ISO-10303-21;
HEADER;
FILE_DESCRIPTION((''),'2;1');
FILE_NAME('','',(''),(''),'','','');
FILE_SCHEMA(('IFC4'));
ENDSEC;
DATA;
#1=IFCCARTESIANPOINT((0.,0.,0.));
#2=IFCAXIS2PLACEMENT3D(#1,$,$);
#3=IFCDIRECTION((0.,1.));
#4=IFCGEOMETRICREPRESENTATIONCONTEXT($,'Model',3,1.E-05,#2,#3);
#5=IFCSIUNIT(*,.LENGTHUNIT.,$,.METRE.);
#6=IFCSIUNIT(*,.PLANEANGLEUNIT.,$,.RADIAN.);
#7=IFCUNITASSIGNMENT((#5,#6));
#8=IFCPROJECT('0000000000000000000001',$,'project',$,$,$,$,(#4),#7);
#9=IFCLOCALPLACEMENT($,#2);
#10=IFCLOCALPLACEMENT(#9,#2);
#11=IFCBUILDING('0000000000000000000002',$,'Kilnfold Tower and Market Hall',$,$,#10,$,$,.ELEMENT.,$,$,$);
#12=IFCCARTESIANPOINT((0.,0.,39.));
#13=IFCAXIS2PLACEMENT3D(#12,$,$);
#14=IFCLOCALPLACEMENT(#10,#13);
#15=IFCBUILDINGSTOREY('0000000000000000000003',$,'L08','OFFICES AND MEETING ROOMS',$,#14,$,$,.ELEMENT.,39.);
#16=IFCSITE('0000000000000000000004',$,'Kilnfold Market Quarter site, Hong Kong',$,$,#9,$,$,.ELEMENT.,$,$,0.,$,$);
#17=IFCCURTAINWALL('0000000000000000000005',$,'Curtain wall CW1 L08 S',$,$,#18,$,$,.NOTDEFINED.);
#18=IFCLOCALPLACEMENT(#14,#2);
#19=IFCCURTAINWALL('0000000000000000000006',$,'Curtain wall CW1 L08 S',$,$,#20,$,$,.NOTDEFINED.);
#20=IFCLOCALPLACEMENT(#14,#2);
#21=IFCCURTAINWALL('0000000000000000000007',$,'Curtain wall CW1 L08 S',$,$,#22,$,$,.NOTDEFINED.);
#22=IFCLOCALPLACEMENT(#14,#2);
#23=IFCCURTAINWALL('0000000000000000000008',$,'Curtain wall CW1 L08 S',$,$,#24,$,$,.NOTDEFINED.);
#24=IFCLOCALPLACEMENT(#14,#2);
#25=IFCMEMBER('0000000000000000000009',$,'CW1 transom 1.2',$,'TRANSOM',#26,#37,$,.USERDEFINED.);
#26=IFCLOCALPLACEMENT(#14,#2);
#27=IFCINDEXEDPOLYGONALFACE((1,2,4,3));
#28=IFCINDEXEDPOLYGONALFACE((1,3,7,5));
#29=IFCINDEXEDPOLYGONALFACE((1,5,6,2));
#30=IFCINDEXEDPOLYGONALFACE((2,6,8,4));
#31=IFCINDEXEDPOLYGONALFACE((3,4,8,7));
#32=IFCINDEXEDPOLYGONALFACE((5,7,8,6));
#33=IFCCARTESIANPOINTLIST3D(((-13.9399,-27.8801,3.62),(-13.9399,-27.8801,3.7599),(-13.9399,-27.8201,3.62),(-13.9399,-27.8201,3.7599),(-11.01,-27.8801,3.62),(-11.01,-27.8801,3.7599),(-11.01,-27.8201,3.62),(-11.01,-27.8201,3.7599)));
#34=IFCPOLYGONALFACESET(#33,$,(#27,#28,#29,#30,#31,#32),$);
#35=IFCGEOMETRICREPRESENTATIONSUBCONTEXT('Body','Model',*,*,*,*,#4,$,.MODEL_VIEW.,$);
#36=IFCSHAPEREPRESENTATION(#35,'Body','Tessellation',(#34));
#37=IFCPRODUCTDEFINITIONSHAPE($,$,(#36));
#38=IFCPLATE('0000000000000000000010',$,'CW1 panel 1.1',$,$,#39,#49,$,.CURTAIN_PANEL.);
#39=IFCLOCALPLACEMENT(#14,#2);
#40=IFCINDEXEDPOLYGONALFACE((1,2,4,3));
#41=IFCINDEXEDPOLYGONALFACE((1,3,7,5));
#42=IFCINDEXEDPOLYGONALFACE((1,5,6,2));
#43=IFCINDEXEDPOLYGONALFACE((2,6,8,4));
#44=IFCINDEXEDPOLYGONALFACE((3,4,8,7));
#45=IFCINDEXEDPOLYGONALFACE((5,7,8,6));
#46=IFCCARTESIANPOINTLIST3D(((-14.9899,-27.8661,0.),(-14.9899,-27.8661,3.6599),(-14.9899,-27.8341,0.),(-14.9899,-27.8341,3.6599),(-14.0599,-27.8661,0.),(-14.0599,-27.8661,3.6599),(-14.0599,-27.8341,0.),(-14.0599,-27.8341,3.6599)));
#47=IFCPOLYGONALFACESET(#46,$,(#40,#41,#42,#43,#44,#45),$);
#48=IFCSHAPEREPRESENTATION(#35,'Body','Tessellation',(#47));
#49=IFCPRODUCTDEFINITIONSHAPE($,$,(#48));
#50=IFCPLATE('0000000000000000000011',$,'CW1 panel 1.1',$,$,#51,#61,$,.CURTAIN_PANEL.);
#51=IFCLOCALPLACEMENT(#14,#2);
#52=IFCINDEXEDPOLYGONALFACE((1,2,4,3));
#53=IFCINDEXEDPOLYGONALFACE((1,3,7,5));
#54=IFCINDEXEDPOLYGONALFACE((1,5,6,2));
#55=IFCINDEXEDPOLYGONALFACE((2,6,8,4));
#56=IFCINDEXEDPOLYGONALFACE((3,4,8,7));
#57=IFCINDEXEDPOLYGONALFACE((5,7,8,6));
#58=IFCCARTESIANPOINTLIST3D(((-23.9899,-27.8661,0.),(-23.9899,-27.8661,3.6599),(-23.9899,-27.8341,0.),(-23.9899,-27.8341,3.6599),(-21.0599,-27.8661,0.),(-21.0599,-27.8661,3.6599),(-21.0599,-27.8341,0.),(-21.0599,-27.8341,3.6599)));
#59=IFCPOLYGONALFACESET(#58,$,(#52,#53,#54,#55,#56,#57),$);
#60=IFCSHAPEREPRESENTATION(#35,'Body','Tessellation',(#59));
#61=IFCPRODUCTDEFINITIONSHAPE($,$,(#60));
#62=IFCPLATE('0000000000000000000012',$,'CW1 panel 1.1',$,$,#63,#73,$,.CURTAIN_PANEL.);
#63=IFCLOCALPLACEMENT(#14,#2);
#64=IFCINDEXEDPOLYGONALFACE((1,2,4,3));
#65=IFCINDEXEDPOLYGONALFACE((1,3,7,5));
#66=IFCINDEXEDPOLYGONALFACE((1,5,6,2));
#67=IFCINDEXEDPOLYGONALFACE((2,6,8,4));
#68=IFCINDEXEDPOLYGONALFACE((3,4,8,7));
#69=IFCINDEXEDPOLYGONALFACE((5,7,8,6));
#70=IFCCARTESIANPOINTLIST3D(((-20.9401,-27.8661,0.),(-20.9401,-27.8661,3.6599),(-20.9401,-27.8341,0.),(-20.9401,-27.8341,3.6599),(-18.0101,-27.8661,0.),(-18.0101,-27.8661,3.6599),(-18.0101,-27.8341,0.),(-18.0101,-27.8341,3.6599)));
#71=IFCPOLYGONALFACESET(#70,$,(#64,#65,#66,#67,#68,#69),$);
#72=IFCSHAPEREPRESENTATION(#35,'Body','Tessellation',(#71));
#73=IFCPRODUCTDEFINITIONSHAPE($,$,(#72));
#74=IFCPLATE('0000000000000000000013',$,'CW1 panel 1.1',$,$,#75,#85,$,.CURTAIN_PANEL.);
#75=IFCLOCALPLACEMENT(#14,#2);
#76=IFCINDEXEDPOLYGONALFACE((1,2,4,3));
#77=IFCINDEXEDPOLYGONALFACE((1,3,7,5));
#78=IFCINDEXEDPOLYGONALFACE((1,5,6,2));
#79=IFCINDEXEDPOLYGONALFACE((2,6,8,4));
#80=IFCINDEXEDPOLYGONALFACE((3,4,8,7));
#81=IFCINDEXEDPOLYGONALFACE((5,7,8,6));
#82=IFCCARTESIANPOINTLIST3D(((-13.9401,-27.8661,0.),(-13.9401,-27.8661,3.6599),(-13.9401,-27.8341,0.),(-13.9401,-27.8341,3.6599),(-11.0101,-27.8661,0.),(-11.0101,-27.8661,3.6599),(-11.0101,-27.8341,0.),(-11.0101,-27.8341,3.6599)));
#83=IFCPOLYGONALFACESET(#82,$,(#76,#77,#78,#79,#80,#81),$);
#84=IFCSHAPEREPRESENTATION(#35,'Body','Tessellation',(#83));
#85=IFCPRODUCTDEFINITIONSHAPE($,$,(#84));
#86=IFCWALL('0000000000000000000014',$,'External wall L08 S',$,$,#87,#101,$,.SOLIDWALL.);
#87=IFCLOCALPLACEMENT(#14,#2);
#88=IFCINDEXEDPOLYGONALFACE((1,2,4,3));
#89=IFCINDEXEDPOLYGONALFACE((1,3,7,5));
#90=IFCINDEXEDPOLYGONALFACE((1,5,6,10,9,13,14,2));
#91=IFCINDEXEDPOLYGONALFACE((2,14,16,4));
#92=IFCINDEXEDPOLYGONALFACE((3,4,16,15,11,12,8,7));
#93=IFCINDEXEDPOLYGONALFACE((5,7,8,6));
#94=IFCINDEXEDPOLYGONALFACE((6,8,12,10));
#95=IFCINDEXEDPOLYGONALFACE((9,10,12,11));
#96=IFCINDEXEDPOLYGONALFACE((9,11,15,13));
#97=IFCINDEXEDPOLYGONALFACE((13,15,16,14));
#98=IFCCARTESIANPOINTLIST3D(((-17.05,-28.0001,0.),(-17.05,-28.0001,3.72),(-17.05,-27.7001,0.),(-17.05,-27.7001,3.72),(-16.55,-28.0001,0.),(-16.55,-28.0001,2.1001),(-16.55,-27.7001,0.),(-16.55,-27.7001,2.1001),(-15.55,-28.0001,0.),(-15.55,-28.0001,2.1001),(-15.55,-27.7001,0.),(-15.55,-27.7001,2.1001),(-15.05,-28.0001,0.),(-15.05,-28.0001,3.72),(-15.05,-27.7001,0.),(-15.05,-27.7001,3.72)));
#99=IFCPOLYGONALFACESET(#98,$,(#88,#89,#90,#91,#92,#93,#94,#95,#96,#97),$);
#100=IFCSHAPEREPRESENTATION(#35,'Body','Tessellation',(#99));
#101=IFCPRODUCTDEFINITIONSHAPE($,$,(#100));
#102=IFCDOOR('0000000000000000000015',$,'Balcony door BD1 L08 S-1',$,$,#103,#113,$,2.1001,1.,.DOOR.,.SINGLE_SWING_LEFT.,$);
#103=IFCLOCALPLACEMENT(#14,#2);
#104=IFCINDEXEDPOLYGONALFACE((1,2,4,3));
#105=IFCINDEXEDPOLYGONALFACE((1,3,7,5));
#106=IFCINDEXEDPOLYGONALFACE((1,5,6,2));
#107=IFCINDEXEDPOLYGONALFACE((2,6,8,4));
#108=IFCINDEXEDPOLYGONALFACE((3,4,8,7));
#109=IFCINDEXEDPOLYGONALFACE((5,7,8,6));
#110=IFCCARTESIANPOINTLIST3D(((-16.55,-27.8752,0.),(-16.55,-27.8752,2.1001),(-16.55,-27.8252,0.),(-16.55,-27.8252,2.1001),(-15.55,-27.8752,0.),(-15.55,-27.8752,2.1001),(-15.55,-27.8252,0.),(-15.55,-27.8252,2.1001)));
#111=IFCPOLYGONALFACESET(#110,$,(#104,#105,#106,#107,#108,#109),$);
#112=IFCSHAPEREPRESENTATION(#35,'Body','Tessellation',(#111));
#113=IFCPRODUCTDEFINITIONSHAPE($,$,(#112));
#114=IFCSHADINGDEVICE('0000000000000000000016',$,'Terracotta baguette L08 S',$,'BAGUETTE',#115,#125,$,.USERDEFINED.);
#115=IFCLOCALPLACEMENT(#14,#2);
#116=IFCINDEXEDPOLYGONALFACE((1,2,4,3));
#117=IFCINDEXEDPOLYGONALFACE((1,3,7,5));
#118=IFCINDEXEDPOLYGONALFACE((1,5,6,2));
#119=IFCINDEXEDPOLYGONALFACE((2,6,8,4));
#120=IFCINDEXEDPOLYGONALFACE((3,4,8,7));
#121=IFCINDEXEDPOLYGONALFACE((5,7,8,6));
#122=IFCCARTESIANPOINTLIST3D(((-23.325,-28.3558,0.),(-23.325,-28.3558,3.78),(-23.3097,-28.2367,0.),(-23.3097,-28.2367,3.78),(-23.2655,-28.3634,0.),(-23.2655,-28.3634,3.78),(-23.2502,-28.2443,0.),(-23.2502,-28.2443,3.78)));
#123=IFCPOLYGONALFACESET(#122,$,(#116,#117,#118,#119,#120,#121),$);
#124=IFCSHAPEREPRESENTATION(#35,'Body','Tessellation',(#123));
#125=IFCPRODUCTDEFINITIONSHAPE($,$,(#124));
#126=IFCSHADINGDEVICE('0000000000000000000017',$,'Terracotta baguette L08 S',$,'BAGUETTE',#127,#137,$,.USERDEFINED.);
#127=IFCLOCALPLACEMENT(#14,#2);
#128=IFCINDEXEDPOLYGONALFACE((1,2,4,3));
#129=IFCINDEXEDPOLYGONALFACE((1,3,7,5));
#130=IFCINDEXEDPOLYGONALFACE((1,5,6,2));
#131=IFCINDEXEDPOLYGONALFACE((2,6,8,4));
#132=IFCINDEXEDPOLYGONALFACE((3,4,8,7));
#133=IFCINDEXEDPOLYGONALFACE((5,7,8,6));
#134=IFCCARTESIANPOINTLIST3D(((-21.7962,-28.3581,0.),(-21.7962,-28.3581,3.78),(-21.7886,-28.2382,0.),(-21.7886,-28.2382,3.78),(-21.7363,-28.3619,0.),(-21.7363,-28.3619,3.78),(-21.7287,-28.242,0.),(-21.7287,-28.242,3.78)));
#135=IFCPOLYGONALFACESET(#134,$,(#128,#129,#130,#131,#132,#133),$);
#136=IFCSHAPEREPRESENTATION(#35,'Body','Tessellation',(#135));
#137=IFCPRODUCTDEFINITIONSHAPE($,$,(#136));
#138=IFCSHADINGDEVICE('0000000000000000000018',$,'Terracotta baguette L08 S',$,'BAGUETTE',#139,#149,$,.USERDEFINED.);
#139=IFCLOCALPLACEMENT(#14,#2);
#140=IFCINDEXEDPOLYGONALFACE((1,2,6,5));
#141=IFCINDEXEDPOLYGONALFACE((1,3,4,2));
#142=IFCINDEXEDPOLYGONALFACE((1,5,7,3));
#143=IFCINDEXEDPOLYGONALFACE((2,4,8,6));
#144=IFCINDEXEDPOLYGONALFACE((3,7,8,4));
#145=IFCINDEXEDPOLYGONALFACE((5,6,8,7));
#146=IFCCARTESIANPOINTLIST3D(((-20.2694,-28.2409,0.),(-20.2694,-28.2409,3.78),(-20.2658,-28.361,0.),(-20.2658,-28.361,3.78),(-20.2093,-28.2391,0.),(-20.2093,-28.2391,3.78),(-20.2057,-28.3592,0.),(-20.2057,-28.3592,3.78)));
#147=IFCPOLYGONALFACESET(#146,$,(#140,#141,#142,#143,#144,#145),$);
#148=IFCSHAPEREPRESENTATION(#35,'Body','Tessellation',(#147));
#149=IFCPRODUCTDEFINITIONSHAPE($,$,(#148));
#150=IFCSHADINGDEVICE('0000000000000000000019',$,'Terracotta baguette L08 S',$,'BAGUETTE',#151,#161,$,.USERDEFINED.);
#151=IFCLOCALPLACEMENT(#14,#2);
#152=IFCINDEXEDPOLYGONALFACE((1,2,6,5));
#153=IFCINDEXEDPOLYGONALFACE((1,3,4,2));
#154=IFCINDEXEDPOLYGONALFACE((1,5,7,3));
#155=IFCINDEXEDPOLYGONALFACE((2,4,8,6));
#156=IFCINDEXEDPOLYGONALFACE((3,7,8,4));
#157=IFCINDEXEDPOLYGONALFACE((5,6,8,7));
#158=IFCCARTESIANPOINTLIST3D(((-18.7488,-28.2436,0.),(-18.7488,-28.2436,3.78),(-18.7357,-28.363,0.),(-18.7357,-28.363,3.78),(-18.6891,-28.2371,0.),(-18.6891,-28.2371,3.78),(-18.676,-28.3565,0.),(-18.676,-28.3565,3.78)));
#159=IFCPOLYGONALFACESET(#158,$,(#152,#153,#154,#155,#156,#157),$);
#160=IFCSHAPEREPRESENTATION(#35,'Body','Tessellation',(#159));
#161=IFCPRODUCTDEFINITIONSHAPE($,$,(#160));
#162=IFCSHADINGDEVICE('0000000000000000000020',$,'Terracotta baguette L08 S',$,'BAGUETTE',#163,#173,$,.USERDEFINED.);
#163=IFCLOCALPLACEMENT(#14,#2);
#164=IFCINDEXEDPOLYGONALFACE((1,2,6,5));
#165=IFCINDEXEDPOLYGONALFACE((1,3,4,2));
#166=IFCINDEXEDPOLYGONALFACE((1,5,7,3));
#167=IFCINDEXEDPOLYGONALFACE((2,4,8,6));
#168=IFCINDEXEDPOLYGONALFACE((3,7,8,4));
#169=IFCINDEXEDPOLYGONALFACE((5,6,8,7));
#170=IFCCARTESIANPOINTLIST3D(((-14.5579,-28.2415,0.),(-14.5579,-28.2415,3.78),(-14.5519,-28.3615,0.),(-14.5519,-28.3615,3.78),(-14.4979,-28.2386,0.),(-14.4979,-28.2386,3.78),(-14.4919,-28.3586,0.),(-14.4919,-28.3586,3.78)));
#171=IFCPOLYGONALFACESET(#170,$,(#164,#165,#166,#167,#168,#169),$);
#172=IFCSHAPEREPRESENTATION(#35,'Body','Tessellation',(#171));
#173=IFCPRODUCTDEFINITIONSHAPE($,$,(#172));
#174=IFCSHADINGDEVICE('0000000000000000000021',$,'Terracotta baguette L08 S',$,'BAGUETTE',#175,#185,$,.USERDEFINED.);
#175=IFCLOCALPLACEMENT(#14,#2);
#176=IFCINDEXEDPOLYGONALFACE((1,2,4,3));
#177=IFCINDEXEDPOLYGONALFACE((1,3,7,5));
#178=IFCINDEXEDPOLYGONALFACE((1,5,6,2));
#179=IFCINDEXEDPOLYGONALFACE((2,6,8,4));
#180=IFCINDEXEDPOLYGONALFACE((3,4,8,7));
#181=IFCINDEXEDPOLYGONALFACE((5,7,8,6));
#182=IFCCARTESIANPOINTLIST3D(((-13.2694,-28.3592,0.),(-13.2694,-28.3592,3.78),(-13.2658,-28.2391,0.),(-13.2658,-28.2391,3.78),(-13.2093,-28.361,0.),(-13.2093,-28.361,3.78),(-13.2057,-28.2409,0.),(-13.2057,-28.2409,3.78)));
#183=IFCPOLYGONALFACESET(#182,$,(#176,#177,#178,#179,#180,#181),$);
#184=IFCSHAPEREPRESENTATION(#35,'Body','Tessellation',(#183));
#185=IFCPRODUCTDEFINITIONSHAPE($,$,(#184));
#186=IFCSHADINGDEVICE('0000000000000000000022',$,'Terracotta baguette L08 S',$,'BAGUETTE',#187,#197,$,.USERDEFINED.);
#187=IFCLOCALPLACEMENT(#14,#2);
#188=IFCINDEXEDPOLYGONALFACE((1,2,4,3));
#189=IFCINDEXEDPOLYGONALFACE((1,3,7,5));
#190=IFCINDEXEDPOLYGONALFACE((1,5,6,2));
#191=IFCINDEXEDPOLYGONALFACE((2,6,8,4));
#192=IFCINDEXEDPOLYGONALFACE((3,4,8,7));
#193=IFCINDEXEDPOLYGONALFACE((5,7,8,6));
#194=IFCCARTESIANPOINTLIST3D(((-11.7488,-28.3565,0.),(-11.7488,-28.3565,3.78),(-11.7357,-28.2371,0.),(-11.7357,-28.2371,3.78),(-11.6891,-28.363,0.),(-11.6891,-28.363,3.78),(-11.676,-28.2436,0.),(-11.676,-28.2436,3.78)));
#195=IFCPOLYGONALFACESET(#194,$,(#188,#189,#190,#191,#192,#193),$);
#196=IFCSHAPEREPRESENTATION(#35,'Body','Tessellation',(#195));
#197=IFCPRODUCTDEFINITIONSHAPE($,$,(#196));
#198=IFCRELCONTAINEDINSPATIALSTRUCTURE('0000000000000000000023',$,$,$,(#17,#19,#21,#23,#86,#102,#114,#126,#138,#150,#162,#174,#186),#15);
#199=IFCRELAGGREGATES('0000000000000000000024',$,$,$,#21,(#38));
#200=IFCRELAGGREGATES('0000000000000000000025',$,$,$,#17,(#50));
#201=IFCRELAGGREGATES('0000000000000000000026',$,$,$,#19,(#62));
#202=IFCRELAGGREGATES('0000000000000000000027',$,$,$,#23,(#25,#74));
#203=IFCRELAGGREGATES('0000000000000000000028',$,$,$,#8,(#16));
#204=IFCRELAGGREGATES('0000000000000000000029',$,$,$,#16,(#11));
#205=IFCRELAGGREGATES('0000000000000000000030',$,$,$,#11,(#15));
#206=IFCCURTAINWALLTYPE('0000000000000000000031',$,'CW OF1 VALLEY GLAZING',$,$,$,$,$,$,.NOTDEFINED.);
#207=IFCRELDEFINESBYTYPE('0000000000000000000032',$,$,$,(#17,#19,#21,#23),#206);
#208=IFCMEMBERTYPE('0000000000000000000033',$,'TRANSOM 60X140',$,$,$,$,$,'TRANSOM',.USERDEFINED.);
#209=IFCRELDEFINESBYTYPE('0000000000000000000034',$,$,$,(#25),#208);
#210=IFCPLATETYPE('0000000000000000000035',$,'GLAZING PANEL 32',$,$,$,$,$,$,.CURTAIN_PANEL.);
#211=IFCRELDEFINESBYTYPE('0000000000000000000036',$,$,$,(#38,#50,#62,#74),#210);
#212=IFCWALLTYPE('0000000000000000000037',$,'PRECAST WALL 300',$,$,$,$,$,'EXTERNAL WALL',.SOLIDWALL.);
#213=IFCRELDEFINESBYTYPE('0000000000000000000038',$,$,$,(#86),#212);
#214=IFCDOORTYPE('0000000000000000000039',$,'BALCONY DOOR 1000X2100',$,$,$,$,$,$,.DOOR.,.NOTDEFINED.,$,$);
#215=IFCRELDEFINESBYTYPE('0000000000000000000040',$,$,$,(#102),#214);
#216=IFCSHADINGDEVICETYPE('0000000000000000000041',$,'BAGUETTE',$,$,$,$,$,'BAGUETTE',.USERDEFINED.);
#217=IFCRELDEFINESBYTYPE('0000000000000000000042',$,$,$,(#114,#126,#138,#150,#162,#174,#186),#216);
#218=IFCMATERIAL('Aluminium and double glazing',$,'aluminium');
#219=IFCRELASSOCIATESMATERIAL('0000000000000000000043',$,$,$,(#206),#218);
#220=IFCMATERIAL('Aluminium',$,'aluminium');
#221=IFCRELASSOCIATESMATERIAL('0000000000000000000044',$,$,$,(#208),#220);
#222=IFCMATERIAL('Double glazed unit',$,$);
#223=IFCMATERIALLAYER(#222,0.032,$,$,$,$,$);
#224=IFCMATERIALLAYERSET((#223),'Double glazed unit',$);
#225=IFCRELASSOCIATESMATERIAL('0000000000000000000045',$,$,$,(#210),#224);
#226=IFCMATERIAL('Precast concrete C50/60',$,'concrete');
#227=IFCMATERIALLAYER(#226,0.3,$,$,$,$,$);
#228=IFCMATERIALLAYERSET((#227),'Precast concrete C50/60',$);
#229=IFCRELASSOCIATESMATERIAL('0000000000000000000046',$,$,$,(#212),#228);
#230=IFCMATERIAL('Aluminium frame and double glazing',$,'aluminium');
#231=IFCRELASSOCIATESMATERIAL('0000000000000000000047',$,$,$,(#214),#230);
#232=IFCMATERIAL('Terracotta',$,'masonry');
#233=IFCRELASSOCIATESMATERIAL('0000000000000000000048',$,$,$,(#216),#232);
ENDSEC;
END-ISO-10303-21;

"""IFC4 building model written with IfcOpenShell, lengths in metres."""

from ifc_helpers import new_model, si_unit, direction, frame, frame_2d, origin, origin_2d, place, context, subcontext, project, spatial, rectangle, extrude, source, transform, mapped, material, layer, layer_set, material_profile, profile_set, type_object, element, fill, aggregate, save


model = new_model("IFC4")

# Units and contexts
model_context = context("Model", 3, precision=1e-05, world=origin(), true_north=direction((0.0, 1.0)))
body_context = subcontext(model_context, "Body", "Model", "MODEL_VIEW")
ifc_project = project(units=[si_unit("LENGTHUNIT", "METRE"), si_unit("PLANEANGLEUNIT", "RADIAN")], contexts=[model_context])

# Site, building, storey
site_placement = place(None, origin())
site = spatial("IfcSite", under=ifc_project, at=site_placement, Name="Kilnfold Market Quarter site, Hong Kong", CompositionType="ELEMENT", RefElevation=0.0)
building_placement = place(site_placement, origin())
building = spatial("IfcBuilding", under=site, at=building_placement, Name="Kilnfold Tower and Market Hall", CompositionType="ELEMENT")
storey_placement = place(building_placement, frame((0.0, 0.0, 39.0)))
storey = spatial("IfcBuildingStorey", under=building, at=storey_placement, Name="L08", Description="OFFICES AND MEETING ROOMS", CompositionType="ELEMENT", Elevation=39.0)

# Curtain walls
ifc_material_1 = material(Name="Aluminium and double glazing", Category="aluminium")
curtain_wall_type = type_object("IfcCurtainWallType", Name="CW OF1 VALLEY GLAZING", PredefinedType="NOTDEFINED", material=ifc_material_1)
curtain_wall_1_placement = place(storey_placement, origin())
curtain_wall_1 = element("IfcCurtainWall", 1, at=curtain_wall_1_placement, inside=storey, type_object=curtain_wall_type, Name="Curtain wall CW1 L08 S", PredefinedType="NOTDEFINED")
curtain_wall_2_placement = place(storey_placement, origin())
curtain_wall_2 = element("IfcCurtainWall", 2, at=curtain_wall_2_placement, inside=storey, type_object=curtain_wall_type, Name="Curtain wall CW1 L08 S", PredefinedType="NOTDEFINED")
curtain_wall_3_placement = place(storey_placement, origin())
curtain_wall_3 = element("IfcCurtainWall", 3, at=curtain_wall_3_placement, inside=storey, type_object=curtain_wall_type, Name="Curtain wall CW1 L08 S", PredefinedType="NOTDEFINED")

# Curtain wall
curtain_wall_4_placement = place(storey_placement, origin())
curtain_wall_4 = element("IfcCurtainWall", 4, at=curtain_wall_4_placement, inside=storey, type_object=curtain_wall_type, Name="Curtain wall CW1 L08 S", PredefinedType="NOTDEFINED")

# Member
ifc_material_2 = material(Name="Aluminium", Category="aluminium")
ifc_material_profile_1 = material_profile(ifc_material_2, rectangle(XDim=0.0601, YDim=0.1399, at=origin_2d()), Name="TRANSOM 60x140")
ifc_profile_set_1 = profile_set([ifc_material_profile_1], Name="Aluminium")
member_type_1 = type_object("IfcMemberType", Name="TRANSOM 60X140", ElementType="TRANSOM", PredefinedType="USERDEFINED", material=ifc_profile_set_1)
shared_shape_1 = source(origin(), body_context, "Body", "SweptSolid", [
    extrude(rectangle(XDim=0.0601, YDim=0.1399, at=origin_2d()), origin(), (0.0, 0.0, 1.0), 2.9299),
])
member_1_placement = place(storey_placement, frame((-13.9399, -27.8501, 3.6899), z_axis=(1.0, 0.0, 0.0), x_axis=(0.0, 1.0, 0.0)))
member_1 = element("IfcMember", 5, at=member_1_placement, type_object=member_type_1, Name="CW1 transom 1.2", ObjectType="TRANSOM", PredefinedType="USERDEFINED", context=body_context, shape_type="MappedRepresentation", body=[
    mapped(shared_shape_1, transform((0.0, 0.0, 0.0))),
])

# Plates
ifc_material_3 = material(Name="Double glazed unit")
ifc_layer_1 = layer(ifc_material_3, 0.032)
ifc_layer_set_1 = layer_set([ifc_layer_1], Name="Double glazed unit")
plate_type = type_object("IfcPlateType", Name="GLAZING PANEL 32", PredefinedType="CURTAIN_PANEL", material=ifc_layer_set_1)
shared_shape_2 = source(origin(), body_context, "Body", "SweptSolid", [
    extrude(rectangle(XDim=0.9299, YDim=0.032, at=origin_2d()), origin(), (0.0, 0.0, 1.0), 3.6599),
])
plate_1_placement = place(storey_placement, frame((-14.5249, -27.8501, 0.0), z_axis=(0.0, 0.0, 1.0), x_axis=(1.0, 0.0, 0.0)))
plate_1 = element("IfcPlate", 6, at=plate_1_placement, type_object=plate_type, Name="CW1 panel 1.1", PredefinedType="CURTAIN_PANEL", context=body_context, shape_type="MappedRepresentation", body=[
    mapped(shared_shape_2, transform((0.0, 0.0, 0.0))),
])
aggregate(curtain_wall_3, [plate_1])
shared_shape_3 = source(origin(), body_context, "Body", "SweptSolid", [
    extrude(rectangle(XDim=2.9299, YDim=0.032, at=origin_2d()), origin(), (0.0, 0.0, 1.0), 3.6599),
])
plate_2_placement = place(storey_placement, frame((-22.5249, -27.8501, 0.0), z_axis=(0.0, 0.0, 1.0), x_axis=(1.0, 0.0, 0.0)))
plate_2 = element("IfcPlate", 7, at=plate_2_placement, type_object=plate_type, Name="CW1 panel 1.1", PredefinedType="CURTAIN_PANEL", context=body_context, shape_type="MappedRepresentation", body=[
    mapped(shared_shape_3, transform((0.0, 0.0, 0.0))),
])
aggregate(curtain_wall_1, [plate_2])
plate_3_placement = place(storey_placement, frame((-19.4751, -27.8501, 0.0), z_axis=(0.0, 0.0, 1.0), x_axis=(1.0, 0.0, 0.0)))
plate_3 = element("IfcPlate", 8, at=plate_3_placement, type_object=plate_type, Name="CW1 panel 1.1", PredefinedType="CURTAIN_PANEL", context=body_context, shape_type="MappedRepresentation", body=[
    mapped(shared_shape_3, transform((0.0, 0.0, 0.0))),
])
aggregate(curtain_wall_2, [plate_3])
plate_4_placement = place(storey_placement, frame((-12.4751, -27.8501, 0.0), z_axis=(0.0, 0.0, 1.0), x_axis=(1.0, 0.0, 0.0)))
plate_4 = element("IfcPlate", 9, at=plate_4_placement, type_object=plate_type, Name="CW1 panel 1.1", PredefinedType="CURTAIN_PANEL", context=body_context, shape_type="MappedRepresentation", body=[
    mapped(shared_shape_3, transform((0.0, 0.0, 0.0))),
])
aggregate(curtain_wall_4, [member_1, plate_4])

# Wall, opening, door
ifc_material_4 = material(Name="Precast concrete C50/60", Category="concrete")
ifc_layer_2 = layer(ifc_material_4, 0.3)
ifc_layer_set_2 = layer_set([ifc_layer_2], Name="Precast concrete C50/60")
wall_type = type_object("IfcWallType", Name="PRECAST WALL 300", ElementType="EXTERNAL WALL", PredefinedType="SOLIDWALL", material=ifc_layer_set_2)
shared_shape_4 = source(origin(), body_context, "Body", "SweptSolid", [
    extrude(rectangle(XDim=2.0, YDim=0.3, at=frame_2d((1.0, 0.0))), origin(), (0.0, 0.0, 1.0), 3.72),
])
wall_placement = place(storey_placement, frame((-17.05, -27.8501, 0.0), z_axis=(0.0, 0.0, 1.0), x_axis=(1.0, 0.0, 0.0)))
wall = element("IfcWall", 10, at=wall_placement, inside=storey, type_object=wall_type, Name="External wall L08 S", PredefinedType="SOLIDWALL", context=body_context, shape_type="MappedRepresentation", body=[
    mapped(shared_shape_4, transform((0.0, 0.0, 0.0))),
])
opening_placement = place(wall_placement, frame((0.5, 0.0, 0.0)))
opening = element("IfcOpeningElement", 11, at=opening_placement, cuts=wall, PredefinedType="OPENING", context=body_context, shape_type="SweptSolid", body=[
    extrude(rectangle(XDim=1.0, YDim=2.1001, at=frame_2d((0.5, 1.05))), frame((0.0, 0.1602, 0.0), z_axis=(0.0, -1.0, 0.0), x_axis=(1.0, 0.0, 0.0)), (0.0, 0.0, 1.0), 0.3201),
])
ifc_material_5 = material(Name="Aluminium frame and double glazing", Category="aluminium")
door_type = type_object("IfcDoorType", Name="BALCONY DOOR 1000X2100", OperationType="NOTDEFINED", PredefinedType="DOOR", material=ifc_material_5)
door_placement = place(opening_placement, origin())
door = element("IfcDoor", 12, at=door_placement, inside=storey, type_object=door_type, Name="Balcony door BD1 L08 S-1", OperationType="SINGLE_SWING_LEFT", OverallHeight=2.1001, OverallWidth=1.0, PredefinedType="DOOR", context=body_context, shape_type="SweptSolid", body=[
    extrude(rectangle(XDim=1.0, YDim=2.1001, at=frame_2d((0.5, 1.05))), frame((0.0, 0.0249, 0.0), z_axis=(0.0, -1.0, 0.0), x_axis=(1.0, 0.0, 0.0)), (0.0, 0.0, 1.0), 0.05),
])
fill(opening, door)

# Shading devices
ifc_material_6 = material(Name="Terracotta", Category="masonry")
ifc_material_profile_2 = material_profile(ifc_material_6, rectangle(XDim=0.0601, YDim=0.1201, at=origin_2d()), Name="BAG 60x120")
ifc_profile_set_2 = profile_set([ifc_material_profile_2], Name="Terracotta")
shading_device_type = type_object("IfcShadingDeviceType", Name="BAGUETTE", ElementType="BAGUETTE", PredefinedType="USERDEFINED", material=ifc_profile_set_2)
shared_shape_5 = source(origin(), body_context, "Body", "SweptSolid", [
    extrude(rectangle(XDim=0.0601, YDim=0.1201, at=origin_2d()), origin(), (0.0, 0.0, 1.0), 3.78),
])
for number, where, z_axis, x_axis, name in (
    (13, (-23.2876, -28.3, 0.0), (0.0, 0.0, 1.0), (0.991873, -0.127231, 0.0), "Terracotta baguette L08 S"),
    (14, (-21.7625, -28.3, 0.0), (0.0, 0.0, 1.0), (0.998018, -0.062928, 0.0), "Terracotta baguette L08 S"),
    (15, (-20.2375, -28.3, 0.0), (0.0, 0.0, 1.0), (0.99955, 0.029996, 0.0), "Terracotta baguette L08 S"),
    (16, (-18.7124, -28.3, 0.0), (0.0, 0.0, 1.0), (0.994016, 0.109238, 0.0), "Terracotta baguette L08 S"),
    (17, (-14.5249, -28.3, 0.0), (0.0, 0.0, 1.0), (0.998782, 0.049334, 0.0), "Terracotta baguette L08 S"),
    (18, (-13.2375, -28.3, 0.0), (0.0, 0.0, 1.0), (0.99955, -0.029996, 0.0), "Terracotta baguette L08 S"),
    (19, (-11.7124, -28.3, 0.0), (0.0, 0.0, 1.0), (0.994016, -0.109238, 0.0), "Terracotta baguette L08 S"),
):
    element("IfcShadingDevice", number, at=place(storey_placement, frame(where, z_axis=z_axis, x_axis=x_axis)), inside=storey, type_object=shading_device_type, Name=name, ObjectType="BAGUETTE", PredefinedType="USERDEFINED", context=body_context, shape_type="MappedRepresentation", body=[
        mapped(shared_shape_5, transform((0.0, 0.0, 0.0))),
    ])

save(model, "model.ifc")
